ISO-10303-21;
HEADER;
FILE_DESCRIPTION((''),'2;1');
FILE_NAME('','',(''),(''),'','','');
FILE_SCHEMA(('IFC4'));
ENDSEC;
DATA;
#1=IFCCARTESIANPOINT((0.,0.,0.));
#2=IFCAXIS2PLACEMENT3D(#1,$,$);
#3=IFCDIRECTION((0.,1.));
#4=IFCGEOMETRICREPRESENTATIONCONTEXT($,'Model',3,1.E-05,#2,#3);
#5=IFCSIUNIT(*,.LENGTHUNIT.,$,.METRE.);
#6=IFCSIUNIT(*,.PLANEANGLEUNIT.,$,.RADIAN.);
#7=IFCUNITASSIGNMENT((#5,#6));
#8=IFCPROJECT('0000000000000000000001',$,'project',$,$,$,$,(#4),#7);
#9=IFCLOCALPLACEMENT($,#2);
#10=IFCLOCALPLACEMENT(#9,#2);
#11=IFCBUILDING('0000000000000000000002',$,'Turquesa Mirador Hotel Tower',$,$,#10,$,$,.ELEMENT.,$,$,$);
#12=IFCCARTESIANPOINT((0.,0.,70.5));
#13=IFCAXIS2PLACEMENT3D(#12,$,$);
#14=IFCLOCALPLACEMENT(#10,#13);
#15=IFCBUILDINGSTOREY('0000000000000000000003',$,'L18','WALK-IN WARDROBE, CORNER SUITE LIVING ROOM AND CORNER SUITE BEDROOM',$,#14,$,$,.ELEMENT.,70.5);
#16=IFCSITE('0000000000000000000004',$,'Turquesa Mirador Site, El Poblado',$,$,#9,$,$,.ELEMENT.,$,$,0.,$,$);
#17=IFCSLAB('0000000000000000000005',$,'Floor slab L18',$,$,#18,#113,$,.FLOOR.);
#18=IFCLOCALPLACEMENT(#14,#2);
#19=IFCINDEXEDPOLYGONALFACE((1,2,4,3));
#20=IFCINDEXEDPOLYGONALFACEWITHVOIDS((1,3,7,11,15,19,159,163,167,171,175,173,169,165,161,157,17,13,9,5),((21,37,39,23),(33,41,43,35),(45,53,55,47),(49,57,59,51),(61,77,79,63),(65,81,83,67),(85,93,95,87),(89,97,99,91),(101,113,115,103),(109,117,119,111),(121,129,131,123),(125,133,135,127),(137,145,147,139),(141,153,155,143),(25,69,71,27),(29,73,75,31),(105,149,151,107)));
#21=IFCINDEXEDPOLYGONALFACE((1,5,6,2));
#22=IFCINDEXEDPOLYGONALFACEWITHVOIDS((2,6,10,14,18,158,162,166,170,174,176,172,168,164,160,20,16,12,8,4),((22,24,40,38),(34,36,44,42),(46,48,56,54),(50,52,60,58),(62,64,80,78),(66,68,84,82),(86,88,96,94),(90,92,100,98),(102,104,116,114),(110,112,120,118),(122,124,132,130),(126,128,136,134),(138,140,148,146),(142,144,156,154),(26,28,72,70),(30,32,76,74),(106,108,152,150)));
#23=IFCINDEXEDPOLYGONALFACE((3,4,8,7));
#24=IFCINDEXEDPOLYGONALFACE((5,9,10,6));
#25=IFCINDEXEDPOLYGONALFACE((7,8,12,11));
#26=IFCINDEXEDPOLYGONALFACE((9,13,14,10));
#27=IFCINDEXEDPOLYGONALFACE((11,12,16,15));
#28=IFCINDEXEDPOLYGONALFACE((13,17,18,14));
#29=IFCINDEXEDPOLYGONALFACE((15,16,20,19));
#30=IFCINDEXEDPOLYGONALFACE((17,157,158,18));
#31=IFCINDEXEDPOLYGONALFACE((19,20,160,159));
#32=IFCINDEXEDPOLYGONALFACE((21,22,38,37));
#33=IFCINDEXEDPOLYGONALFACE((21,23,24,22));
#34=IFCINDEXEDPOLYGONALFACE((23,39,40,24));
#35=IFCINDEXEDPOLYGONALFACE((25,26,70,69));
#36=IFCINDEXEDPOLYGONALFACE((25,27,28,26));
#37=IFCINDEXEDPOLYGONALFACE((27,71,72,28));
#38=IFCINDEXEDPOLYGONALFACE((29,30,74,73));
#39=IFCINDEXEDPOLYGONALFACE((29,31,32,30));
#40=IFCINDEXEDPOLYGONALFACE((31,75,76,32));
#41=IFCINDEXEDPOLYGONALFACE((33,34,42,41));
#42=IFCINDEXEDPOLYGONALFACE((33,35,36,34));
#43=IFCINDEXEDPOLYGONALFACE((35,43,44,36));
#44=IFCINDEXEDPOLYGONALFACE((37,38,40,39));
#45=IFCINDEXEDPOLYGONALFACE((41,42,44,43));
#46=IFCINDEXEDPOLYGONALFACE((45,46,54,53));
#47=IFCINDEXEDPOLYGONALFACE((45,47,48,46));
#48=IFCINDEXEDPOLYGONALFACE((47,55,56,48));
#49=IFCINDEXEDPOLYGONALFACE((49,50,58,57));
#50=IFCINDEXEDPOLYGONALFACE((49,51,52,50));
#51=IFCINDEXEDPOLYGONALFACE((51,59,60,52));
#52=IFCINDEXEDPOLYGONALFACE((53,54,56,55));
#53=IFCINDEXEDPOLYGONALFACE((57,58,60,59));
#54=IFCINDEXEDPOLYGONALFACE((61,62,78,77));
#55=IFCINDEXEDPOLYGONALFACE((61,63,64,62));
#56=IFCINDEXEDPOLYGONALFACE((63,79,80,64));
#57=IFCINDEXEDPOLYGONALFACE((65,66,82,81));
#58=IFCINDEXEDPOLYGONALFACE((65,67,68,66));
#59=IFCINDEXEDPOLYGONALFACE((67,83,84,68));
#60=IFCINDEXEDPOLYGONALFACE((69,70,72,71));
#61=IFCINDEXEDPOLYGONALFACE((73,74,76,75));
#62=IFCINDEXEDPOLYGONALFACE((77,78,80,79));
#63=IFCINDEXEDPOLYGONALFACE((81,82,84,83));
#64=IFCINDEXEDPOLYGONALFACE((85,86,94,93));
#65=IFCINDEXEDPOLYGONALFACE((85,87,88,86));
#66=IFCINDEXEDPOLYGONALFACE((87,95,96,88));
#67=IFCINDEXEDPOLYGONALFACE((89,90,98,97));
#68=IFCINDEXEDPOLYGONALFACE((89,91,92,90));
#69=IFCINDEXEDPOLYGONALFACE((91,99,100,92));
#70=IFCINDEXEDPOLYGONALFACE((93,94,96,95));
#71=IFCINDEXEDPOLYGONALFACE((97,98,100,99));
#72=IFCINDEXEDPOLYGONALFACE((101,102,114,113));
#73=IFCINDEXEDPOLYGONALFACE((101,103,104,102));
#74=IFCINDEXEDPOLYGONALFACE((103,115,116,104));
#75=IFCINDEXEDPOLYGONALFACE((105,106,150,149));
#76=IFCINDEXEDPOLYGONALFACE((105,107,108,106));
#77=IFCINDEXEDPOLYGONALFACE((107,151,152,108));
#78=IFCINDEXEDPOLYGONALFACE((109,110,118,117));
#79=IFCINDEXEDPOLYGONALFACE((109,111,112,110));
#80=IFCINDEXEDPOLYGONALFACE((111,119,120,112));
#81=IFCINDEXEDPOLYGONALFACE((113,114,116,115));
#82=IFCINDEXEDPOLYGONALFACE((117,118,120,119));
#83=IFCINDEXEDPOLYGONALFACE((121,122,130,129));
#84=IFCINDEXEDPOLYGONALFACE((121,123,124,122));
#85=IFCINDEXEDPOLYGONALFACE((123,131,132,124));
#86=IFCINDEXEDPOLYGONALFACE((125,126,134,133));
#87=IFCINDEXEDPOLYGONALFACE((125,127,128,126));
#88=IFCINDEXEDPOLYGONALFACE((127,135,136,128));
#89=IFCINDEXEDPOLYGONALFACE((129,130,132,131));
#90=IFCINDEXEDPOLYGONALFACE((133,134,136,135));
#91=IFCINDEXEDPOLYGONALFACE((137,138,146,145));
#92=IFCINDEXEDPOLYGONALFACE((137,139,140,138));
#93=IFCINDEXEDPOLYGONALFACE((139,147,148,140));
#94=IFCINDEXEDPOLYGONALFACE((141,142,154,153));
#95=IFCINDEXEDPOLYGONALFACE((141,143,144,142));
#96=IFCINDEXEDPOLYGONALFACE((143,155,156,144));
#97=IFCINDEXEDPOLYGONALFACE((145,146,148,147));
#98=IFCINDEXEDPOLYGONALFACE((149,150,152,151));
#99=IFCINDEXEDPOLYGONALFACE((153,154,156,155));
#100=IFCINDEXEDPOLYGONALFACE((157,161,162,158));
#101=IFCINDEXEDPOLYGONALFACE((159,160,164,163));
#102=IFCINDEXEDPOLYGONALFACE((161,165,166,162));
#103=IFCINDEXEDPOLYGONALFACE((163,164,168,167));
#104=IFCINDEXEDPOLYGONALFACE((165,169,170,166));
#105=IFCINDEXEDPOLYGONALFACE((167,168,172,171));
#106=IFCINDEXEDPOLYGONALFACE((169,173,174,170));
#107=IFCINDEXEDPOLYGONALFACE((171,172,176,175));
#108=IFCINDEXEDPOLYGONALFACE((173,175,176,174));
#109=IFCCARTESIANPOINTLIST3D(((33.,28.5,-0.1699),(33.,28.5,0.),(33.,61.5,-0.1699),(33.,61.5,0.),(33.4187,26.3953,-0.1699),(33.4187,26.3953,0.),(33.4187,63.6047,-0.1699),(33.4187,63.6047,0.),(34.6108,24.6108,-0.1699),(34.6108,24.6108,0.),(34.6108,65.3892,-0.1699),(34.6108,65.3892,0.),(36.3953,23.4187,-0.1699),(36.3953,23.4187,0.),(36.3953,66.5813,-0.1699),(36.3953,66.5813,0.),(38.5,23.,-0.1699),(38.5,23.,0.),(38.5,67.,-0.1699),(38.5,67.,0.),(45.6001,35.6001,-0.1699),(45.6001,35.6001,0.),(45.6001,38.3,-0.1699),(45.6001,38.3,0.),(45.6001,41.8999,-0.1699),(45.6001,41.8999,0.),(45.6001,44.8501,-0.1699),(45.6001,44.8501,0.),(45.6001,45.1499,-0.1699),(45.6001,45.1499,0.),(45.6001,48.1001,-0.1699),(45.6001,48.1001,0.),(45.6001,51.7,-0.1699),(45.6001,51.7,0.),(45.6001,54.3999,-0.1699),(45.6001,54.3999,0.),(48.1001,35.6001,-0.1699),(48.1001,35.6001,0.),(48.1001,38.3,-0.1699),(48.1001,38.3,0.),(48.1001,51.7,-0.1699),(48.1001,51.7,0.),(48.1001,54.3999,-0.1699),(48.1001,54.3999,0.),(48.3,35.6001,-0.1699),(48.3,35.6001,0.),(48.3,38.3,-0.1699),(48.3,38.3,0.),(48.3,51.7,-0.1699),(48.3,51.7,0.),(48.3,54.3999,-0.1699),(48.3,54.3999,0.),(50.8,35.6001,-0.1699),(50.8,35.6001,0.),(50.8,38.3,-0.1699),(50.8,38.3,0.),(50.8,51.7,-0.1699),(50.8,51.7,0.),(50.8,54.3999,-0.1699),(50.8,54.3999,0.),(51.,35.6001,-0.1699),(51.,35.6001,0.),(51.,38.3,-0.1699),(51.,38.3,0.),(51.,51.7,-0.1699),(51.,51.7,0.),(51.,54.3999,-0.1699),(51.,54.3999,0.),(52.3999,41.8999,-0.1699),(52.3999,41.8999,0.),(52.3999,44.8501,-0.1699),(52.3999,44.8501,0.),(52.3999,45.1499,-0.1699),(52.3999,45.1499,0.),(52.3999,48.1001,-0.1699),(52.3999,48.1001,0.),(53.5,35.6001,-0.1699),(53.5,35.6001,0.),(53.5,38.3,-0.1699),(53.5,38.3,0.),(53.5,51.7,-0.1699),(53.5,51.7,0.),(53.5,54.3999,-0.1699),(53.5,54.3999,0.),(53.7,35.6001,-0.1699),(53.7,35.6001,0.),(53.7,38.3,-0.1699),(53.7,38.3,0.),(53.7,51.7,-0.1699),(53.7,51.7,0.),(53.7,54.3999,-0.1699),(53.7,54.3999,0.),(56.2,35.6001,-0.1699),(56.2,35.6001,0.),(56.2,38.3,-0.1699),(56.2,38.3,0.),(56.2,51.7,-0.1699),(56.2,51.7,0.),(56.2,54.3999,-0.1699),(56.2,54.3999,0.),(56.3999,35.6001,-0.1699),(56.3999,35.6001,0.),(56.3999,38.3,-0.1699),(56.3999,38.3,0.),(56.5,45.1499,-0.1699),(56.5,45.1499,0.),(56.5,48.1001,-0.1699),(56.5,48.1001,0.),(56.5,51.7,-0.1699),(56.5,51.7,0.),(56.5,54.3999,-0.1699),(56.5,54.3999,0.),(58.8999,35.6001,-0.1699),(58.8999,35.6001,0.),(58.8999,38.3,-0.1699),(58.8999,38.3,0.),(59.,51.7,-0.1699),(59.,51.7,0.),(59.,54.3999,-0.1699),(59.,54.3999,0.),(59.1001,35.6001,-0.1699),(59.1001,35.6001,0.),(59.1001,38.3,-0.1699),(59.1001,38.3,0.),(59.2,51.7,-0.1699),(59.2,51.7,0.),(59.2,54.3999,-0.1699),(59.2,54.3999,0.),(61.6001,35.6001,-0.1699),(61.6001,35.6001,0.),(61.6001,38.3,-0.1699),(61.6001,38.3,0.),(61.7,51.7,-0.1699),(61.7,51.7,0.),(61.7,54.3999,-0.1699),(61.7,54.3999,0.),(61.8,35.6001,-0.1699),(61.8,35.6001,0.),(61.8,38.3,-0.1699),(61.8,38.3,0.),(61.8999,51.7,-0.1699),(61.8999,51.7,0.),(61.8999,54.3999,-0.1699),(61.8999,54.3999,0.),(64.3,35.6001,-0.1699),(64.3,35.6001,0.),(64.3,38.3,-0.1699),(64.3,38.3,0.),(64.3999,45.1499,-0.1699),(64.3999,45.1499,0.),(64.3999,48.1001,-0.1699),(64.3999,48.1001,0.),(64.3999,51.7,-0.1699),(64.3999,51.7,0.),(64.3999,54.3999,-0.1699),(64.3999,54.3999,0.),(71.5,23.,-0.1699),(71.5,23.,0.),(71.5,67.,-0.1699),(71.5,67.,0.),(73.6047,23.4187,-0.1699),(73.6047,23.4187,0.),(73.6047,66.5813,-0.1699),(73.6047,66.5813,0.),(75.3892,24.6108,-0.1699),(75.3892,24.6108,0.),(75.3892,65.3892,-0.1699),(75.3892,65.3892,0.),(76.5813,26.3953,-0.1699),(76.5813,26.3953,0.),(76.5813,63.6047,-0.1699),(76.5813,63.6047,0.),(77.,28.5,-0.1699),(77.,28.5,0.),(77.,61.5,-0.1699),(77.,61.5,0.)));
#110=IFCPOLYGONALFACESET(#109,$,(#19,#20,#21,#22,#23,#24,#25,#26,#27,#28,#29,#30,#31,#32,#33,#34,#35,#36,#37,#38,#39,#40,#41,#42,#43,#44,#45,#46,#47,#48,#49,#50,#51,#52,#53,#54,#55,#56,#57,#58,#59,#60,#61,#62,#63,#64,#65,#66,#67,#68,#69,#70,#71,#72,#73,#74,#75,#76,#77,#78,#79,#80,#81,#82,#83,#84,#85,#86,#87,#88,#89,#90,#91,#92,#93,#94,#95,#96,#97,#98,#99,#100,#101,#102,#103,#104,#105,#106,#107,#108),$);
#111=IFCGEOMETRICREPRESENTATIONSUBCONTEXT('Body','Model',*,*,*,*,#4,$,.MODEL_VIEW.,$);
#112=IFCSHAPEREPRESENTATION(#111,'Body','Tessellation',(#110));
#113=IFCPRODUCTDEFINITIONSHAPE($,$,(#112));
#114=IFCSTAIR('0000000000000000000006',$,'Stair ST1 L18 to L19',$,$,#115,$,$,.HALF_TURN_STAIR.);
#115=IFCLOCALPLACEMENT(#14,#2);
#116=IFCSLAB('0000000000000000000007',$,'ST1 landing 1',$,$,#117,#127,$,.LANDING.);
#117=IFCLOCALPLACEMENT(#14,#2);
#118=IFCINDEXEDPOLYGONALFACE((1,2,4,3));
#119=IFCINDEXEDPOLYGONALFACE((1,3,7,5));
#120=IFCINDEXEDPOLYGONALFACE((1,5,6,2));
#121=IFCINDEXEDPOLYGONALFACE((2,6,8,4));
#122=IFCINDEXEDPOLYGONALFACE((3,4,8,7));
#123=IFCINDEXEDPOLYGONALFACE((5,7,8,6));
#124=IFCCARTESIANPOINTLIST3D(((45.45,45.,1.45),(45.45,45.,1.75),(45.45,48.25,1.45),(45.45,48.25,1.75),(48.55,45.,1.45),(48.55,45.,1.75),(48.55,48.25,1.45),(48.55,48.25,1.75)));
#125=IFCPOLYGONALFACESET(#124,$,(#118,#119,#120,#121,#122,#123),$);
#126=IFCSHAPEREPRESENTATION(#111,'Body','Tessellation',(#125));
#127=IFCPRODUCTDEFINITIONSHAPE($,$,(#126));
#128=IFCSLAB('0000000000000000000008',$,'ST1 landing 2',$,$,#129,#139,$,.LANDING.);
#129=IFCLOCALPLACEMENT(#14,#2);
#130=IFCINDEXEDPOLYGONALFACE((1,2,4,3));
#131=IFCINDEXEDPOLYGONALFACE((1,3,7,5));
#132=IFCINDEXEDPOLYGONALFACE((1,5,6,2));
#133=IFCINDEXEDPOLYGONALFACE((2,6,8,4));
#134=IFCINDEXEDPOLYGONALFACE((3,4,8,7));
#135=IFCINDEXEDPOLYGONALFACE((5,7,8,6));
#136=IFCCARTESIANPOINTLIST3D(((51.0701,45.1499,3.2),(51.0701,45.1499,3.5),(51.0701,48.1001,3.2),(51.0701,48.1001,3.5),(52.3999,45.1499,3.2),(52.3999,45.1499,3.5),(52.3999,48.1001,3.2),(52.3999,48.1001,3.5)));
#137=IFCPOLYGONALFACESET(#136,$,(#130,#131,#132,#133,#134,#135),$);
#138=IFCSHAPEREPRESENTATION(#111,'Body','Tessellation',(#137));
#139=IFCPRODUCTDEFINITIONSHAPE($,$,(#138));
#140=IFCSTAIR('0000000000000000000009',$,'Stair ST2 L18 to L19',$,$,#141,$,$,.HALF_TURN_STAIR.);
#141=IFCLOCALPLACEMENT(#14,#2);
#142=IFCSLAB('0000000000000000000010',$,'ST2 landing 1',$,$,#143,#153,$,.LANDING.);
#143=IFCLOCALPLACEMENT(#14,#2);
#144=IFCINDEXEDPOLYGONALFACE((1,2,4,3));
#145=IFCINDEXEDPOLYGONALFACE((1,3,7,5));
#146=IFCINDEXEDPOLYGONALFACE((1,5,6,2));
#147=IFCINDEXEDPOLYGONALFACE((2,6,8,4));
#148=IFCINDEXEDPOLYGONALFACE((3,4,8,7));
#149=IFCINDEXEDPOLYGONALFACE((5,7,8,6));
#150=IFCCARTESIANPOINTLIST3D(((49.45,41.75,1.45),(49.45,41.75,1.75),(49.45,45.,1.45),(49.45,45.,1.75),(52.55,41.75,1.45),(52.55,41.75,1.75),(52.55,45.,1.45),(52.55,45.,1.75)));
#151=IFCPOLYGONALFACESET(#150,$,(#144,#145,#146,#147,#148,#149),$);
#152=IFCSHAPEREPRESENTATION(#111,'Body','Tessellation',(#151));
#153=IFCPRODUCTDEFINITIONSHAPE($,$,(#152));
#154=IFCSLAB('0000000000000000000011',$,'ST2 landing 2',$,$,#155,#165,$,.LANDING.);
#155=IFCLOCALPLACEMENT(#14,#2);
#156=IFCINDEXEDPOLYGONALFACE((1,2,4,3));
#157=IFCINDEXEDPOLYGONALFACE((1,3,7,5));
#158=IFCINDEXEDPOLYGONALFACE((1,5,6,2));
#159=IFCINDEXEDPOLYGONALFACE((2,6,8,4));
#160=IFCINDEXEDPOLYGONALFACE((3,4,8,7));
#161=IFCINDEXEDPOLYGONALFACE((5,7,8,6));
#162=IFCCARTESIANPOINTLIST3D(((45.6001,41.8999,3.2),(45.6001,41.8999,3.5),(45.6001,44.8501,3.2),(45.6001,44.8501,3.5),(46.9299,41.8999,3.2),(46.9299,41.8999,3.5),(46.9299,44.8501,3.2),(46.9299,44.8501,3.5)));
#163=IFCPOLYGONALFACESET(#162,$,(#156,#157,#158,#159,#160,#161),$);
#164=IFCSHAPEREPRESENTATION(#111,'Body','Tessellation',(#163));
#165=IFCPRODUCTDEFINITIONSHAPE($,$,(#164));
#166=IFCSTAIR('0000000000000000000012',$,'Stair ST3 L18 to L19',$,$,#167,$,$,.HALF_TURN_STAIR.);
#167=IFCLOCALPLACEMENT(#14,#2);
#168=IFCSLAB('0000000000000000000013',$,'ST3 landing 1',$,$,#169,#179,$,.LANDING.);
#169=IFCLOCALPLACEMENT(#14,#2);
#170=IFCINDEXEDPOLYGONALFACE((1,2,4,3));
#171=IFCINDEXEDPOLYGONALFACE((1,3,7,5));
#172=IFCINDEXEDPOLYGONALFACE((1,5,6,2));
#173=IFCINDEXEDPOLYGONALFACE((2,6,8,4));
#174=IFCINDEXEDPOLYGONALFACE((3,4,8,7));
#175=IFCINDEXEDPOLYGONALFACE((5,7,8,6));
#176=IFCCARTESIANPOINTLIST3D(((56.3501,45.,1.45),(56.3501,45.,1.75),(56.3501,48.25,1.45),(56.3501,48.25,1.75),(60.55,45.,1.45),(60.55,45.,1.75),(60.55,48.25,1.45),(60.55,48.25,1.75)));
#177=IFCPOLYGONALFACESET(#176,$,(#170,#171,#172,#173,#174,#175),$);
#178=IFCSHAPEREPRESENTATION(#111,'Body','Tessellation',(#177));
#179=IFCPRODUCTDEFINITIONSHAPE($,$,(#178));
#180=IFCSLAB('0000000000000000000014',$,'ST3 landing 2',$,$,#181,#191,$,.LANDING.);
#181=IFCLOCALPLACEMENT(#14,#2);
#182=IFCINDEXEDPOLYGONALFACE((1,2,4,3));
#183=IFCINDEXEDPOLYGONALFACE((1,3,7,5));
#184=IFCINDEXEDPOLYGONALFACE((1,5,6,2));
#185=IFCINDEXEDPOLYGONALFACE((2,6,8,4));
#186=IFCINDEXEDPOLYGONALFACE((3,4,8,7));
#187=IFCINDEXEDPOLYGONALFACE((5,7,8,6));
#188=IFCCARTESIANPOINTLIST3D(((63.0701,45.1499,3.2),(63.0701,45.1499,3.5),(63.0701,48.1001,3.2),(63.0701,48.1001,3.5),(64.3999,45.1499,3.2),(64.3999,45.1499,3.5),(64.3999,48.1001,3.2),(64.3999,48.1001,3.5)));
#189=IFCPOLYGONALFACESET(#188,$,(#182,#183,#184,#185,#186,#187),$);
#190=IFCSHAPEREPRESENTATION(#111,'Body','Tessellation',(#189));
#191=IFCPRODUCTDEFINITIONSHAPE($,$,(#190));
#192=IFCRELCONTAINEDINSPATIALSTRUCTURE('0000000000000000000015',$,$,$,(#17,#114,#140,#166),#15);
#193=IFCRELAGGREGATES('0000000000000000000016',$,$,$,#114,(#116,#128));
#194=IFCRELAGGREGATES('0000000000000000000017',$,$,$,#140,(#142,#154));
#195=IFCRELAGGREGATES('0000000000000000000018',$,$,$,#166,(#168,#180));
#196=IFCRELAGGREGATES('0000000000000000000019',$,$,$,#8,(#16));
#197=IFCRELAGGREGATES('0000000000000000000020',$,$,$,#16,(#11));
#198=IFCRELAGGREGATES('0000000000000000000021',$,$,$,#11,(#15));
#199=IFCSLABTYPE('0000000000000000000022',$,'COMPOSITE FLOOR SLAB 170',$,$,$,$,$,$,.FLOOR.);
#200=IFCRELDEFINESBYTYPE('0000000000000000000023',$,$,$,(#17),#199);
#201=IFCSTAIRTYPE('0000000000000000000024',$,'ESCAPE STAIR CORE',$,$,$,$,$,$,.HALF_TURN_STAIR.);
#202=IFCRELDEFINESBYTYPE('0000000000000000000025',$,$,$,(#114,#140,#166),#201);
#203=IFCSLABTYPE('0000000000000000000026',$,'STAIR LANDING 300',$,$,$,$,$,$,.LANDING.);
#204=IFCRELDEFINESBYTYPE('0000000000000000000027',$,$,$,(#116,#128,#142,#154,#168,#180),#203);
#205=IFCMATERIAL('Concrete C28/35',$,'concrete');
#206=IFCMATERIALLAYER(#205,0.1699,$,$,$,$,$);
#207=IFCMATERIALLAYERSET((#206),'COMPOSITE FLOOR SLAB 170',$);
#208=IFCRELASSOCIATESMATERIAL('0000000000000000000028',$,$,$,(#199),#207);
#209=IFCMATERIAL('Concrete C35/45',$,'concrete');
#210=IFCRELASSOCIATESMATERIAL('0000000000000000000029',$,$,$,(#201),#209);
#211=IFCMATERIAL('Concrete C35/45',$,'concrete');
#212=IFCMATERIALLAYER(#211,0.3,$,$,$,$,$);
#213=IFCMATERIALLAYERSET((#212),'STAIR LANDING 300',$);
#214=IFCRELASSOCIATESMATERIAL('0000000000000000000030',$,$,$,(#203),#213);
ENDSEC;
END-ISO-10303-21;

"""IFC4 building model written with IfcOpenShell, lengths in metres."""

from ifc_helpers import new_model, si_unit, direction, frame, origin, place, context, subcontext, project, spatial, polyline, outline, extrude, material, layer, layer_set, type_object, element, aggregate, save


model = new_model("IFC4")

# Units and contexts
model_context = context("Model", 3, precision=1e-05, world=origin(), true_north=direction((0.0, 1.0)))
body_context = subcontext(model_context, "Body", "Model", "MODEL_VIEW")
ifc_project = project(units=[si_unit("LENGTHUNIT", "METRE"), si_unit("PLANEANGLEUNIT", "RADIAN")], contexts=[model_context])

# Site, building, storey
site_placement = place(None, origin())
site = spatial("IfcSite", under=ifc_project, at=site_placement, Name="Turquesa Mirador Site, El Poblado", CompositionType="ELEMENT", RefElevation=0.0)
building_placement = place(site_placement, origin())
building = spatial("IfcBuilding", under=site, at=building_placement, Name="Turquesa Mirador Hotel Tower", CompositionType="ELEMENT")
storey_placement = place(building_placement, frame((0.0, 0.0, 70.5)))
storey = spatial("IfcBuildingStorey", under=building, at=storey_placement, Name="L18", Description="WALK-IN WARDROBE, CORNER SUITE LIVING ROOM AND CORNER SUITE BEDROOM", CompositionType="ELEMENT", Elevation=70.5)

# Slab
ifc_material_1 = material(Name="Concrete C28/35", Category="concrete")
ifc_layer_1 = layer(ifc_material_1, 0.1699)
ifc_layer_set_1 = layer_set([ifc_layer_1], Name="COMPOSITE FLOOR SLAB 170")
slab_type_1 = type_object("IfcSlabType", Name="COMPOSITE FLOOR SLAB 170", PredefinedType="FLOOR", material=ifc_layer_set_1)
slab_1_placement = place(storey_placement, frame((0.0, 0.0, -0.1699)))
element("IfcSlab", 1, at=slab_1_placement, inside=storey, type_object=slab_type_1, Name="Floor slab L18", PredefinedType="FLOOR", context=body_context, shape_type="SweptSolid", body=[
    extrude(outline(polyline([(71.5, 23.0), (73.6047, 23.4187), (75.3892, 24.6108), (76.5813, 26.3953), (77.0, 28.5), (77.0, 61.5), (76.5813, 63.6047), (75.3892, 65.3892), (73.6047, 66.5813), (71.5, 67.0), (38.5, 67.0), (36.3953, 66.5813), (34.6108, 65.3892), (33.4187, 63.6047), (33.0, 61.5), (33.0, 28.5), (33.4187, 26.3953), (34.6108, 24.6108), (36.3953, 23.4187), (38.5, 23.0), (71.5, 23.0)]), holes=[polyline([(45.6001, 51.7), (48.1001, 51.7), (48.1001, 54.3999), (45.6001, 54.3999), (45.6001, 51.7)]), polyline([(48.3, 51.7), (50.8, 51.7), (50.8, 54.3999), (48.3, 54.3999), (48.3, 51.7)]), polyline([(51.0, 51.7), (53.5, 51.7), (53.5, 54.3999), (51.0, 54.3999), (51.0, 51.7)]), polyline([(53.7, 51.7), (56.2, 51.7), (56.2, 54.3999), (53.7, 54.3999), (53.7, 51.7)]), polyline([(56.5, 51.7), (59.0, 51.7), (59.0, 54.3999), (56.5, 54.3999), (56.5, 51.7)]), polyline([(59.2, 51.7), (61.7, 51.7), (61.7, 54.3999), (59.2, 54.3999), (59.2, 51.7)]), polyline([(45.6001, 35.6001), (48.1001, 35.6001), (48.1001, 38.3), (45.6001, 38.3), (45.6001, 35.6001)]), polyline([(48.3, 35.6001), (50.8, 35.6001), (50.8, 38.3), (48.3, 38.3), (48.3, 35.6001)]), polyline([(51.0, 35.6001), (53.5, 35.6001), (53.5, 38.3), (51.0, 38.3), (51.0, 35.6001)]), polyline([(53.7, 35.6001), (56.2, 35.6001), (56.2, 38.3), (53.7, 38.3), (53.7, 35.6001)]), polyline([(56.3999, 35.6001), (58.8999, 35.6001), (58.8999, 38.3), (56.3999, 38.3), (56.3999, 35.6001)]), polyline([(59.1001, 35.6001), (61.6001, 35.6001), (61.6001, 38.3), (59.1001, 38.3), (59.1001, 35.6001)]), polyline([(61.8, 35.6001), (64.3, 35.6001), (64.3, 38.3), (61.8, 38.3), (61.8, 35.6001)]), polyline([(45.6001, 45.1499), (52.3999, 45.1499), (52.3999, 48.1001), (45.6001, 48.1001), (45.6001, 45.1499)]), polyline([(45.6001, 41.8999), (52.3999, 41.8999), (52.3999, 44.8501), (45.6001, 44.8501), (45.6001, 41.8999)]), polyline([(56.5, 45.1499), (64.3999, 45.1499), (64.3999, 48.1001), (56.5, 48.1001), (56.5, 45.1499)]), polyline([(61.8999, 51.7), (64.3999, 51.7), (64.3999, 54.3999), (61.8999, 54.3999), (61.8999, 51.7)])]), origin(), (0.0, 0.0, 1.0), 0.1699),
])

# Stairs, slabs
ifc_material_2 = material(Name="Concrete C35/45", Category="concrete")
stair_type = type_object("IfcStairType", Name="ESCAPE STAIR CORE", PredefinedType="HALF_TURN_STAIR", material=ifc_material_2)
stair_1_placement = place(storey_placement, origin())
stair_1 = element("IfcStair", 2, at=stair_1_placement, inside=storey, type_object=stair_type, Name="Stair ST1 L18 to L19", PredefinedType="HALF_TURN_STAIR")
ifc_material_3 = material(Name="Concrete C35/45", Category="concrete")
ifc_layer_2 = layer(ifc_material_3, 0.3)
ifc_layer_set_2 = layer_set([ifc_layer_2], Name="STAIR LANDING 300")
slab_type_2 = type_object("IfcSlabType", Name="STAIR LANDING 300", PredefinedType="LANDING", material=ifc_layer_set_2)
slab_2_placement = place(storey_placement, frame((0.0, 0.0, 1.45)))
slab_2 = element("IfcSlab", 3, at=slab_2_placement, type_object=slab_type_2, Name="ST1 landing 1", PredefinedType="LANDING", context=body_context, shape_type="SweptSolid", body=[
    extrude(outline(polyline([(45.45, 45.0), (48.55, 45.0), (48.55, 48.25), (45.45, 48.25), (45.45, 45.0)])), origin(), (0.0, 0.0, 1.0), 0.3),
])
slab_3_placement = place(storey_placement, frame((0.0, 0.0, 3.2)))
slab_3 = element("IfcSlab", 4, at=slab_3_placement, type_object=slab_type_2, Name="ST1 landing 2", PredefinedType="LANDING", context=body_context, shape_type="SweptSolid", body=[
    extrude(outline(polyline([(51.0701, 45.1499), (52.3999, 45.1499), (52.3999, 48.1001), (51.0701, 48.1001), (51.0701, 45.1499)])), origin(), (0.0, 0.0, 1.0), 0.3),
])
aggregate(stair_1, [slab_2, slab_3])
stair_2_placement = place(storey_placement, origin())
stair_2 = element("IfcStair", 5, at=stair_2_placement, inside=storey, type_object=stair_type, Name="Stair ST2 L18 to L19", PredefinedType="HALF_TURN_STAIR")
slab_4_placement = place(storey_placement, frame((0.0, 0.0, 1.45)))
slab_4 = element("IfcSlab", 6, at=slab_4_placement, type_object=slab_type_2, Name="ST2 landing 1", PredefinedType="LANDING", context=body_context, shape_type="SweptSolid", body=[
    extrude(outline(polyline([(52.55, 45.0), (49.45, 45.0), (49.45, 41.75), (52.55, 41.75), (52.55, 45.0)])), origin(), (0.0, 0.0, 1.0), 0.3),
])
slab_5_placement = place(storey_placement, frame((0.0, 0.0, 3.2)))
slab_5 = element("IfcSlab", 7, at=slab_5_placement, type_object=slab_type_2, Name="ST2 landing 2", PredefinedType="LANDING", context=body_context, shape_type="SweptSolid", body=[
    extrude(outline(polyline([(46.9299, 44.8501), (45.6001, 44.8501), (45.6001, 41.8999), (46.9299, 41.8999), (46.9299, 44.8501)])), origin(), (0.0, 0.0, 1.0), 0.3),
])
aggregate(stair_2, [slab_4, slab_5])
stair_3_placement = place(storey_placement, origin())
stair_3 = element("IfcStair", 8, at=stair_3_placement, inside=storey, type_object=stair_type, Name="Stair ST3 L18 to L19", PredefinedType="HALF_TURN_STAIR")
slab_6_placement = place(storey_placement, frame((0.0, 0.0, 1.45)))
slab_6 = element("IfcSlab", 9, at=slab_6_placement, type_object=slab_type_2, Name="ST3 landing 1", PredefinedType="LANDING", context=body_context, shape_type="SweptSolid", body=[
    extrude(outline(polyline([(56.3501, 45.0), (60.55, 45.0), (60.55, 48.25), (56.3501, 48.25), (56.3501, 45.0)])), origin(), (0.0, 0.0, 1.0), 0.3),
])
slab_7_placement = place(storey_placement, frame((0.0, 0.0, 3.2)))
slab_7 = element("IfcSlab", 10, at=slab_7_placement, type_object=slab_type_2, Name="ST3 landing 2", PredefinedType="LANDING", context=body_context, shape_type="SweptSolid", body=[
    extrude(outline(polyline([(63.0701, 45.1499), (64.3999, 45.1499), (64.3999, 48.1001), (63.0701, 48.1001), (63.0701, 45.1499)])), origin(), (0.0, 0.0, 1.0), 0.3),
])
aggregate(stair_3, [slab_6, slab_7])

save(model, "model.ifc")
